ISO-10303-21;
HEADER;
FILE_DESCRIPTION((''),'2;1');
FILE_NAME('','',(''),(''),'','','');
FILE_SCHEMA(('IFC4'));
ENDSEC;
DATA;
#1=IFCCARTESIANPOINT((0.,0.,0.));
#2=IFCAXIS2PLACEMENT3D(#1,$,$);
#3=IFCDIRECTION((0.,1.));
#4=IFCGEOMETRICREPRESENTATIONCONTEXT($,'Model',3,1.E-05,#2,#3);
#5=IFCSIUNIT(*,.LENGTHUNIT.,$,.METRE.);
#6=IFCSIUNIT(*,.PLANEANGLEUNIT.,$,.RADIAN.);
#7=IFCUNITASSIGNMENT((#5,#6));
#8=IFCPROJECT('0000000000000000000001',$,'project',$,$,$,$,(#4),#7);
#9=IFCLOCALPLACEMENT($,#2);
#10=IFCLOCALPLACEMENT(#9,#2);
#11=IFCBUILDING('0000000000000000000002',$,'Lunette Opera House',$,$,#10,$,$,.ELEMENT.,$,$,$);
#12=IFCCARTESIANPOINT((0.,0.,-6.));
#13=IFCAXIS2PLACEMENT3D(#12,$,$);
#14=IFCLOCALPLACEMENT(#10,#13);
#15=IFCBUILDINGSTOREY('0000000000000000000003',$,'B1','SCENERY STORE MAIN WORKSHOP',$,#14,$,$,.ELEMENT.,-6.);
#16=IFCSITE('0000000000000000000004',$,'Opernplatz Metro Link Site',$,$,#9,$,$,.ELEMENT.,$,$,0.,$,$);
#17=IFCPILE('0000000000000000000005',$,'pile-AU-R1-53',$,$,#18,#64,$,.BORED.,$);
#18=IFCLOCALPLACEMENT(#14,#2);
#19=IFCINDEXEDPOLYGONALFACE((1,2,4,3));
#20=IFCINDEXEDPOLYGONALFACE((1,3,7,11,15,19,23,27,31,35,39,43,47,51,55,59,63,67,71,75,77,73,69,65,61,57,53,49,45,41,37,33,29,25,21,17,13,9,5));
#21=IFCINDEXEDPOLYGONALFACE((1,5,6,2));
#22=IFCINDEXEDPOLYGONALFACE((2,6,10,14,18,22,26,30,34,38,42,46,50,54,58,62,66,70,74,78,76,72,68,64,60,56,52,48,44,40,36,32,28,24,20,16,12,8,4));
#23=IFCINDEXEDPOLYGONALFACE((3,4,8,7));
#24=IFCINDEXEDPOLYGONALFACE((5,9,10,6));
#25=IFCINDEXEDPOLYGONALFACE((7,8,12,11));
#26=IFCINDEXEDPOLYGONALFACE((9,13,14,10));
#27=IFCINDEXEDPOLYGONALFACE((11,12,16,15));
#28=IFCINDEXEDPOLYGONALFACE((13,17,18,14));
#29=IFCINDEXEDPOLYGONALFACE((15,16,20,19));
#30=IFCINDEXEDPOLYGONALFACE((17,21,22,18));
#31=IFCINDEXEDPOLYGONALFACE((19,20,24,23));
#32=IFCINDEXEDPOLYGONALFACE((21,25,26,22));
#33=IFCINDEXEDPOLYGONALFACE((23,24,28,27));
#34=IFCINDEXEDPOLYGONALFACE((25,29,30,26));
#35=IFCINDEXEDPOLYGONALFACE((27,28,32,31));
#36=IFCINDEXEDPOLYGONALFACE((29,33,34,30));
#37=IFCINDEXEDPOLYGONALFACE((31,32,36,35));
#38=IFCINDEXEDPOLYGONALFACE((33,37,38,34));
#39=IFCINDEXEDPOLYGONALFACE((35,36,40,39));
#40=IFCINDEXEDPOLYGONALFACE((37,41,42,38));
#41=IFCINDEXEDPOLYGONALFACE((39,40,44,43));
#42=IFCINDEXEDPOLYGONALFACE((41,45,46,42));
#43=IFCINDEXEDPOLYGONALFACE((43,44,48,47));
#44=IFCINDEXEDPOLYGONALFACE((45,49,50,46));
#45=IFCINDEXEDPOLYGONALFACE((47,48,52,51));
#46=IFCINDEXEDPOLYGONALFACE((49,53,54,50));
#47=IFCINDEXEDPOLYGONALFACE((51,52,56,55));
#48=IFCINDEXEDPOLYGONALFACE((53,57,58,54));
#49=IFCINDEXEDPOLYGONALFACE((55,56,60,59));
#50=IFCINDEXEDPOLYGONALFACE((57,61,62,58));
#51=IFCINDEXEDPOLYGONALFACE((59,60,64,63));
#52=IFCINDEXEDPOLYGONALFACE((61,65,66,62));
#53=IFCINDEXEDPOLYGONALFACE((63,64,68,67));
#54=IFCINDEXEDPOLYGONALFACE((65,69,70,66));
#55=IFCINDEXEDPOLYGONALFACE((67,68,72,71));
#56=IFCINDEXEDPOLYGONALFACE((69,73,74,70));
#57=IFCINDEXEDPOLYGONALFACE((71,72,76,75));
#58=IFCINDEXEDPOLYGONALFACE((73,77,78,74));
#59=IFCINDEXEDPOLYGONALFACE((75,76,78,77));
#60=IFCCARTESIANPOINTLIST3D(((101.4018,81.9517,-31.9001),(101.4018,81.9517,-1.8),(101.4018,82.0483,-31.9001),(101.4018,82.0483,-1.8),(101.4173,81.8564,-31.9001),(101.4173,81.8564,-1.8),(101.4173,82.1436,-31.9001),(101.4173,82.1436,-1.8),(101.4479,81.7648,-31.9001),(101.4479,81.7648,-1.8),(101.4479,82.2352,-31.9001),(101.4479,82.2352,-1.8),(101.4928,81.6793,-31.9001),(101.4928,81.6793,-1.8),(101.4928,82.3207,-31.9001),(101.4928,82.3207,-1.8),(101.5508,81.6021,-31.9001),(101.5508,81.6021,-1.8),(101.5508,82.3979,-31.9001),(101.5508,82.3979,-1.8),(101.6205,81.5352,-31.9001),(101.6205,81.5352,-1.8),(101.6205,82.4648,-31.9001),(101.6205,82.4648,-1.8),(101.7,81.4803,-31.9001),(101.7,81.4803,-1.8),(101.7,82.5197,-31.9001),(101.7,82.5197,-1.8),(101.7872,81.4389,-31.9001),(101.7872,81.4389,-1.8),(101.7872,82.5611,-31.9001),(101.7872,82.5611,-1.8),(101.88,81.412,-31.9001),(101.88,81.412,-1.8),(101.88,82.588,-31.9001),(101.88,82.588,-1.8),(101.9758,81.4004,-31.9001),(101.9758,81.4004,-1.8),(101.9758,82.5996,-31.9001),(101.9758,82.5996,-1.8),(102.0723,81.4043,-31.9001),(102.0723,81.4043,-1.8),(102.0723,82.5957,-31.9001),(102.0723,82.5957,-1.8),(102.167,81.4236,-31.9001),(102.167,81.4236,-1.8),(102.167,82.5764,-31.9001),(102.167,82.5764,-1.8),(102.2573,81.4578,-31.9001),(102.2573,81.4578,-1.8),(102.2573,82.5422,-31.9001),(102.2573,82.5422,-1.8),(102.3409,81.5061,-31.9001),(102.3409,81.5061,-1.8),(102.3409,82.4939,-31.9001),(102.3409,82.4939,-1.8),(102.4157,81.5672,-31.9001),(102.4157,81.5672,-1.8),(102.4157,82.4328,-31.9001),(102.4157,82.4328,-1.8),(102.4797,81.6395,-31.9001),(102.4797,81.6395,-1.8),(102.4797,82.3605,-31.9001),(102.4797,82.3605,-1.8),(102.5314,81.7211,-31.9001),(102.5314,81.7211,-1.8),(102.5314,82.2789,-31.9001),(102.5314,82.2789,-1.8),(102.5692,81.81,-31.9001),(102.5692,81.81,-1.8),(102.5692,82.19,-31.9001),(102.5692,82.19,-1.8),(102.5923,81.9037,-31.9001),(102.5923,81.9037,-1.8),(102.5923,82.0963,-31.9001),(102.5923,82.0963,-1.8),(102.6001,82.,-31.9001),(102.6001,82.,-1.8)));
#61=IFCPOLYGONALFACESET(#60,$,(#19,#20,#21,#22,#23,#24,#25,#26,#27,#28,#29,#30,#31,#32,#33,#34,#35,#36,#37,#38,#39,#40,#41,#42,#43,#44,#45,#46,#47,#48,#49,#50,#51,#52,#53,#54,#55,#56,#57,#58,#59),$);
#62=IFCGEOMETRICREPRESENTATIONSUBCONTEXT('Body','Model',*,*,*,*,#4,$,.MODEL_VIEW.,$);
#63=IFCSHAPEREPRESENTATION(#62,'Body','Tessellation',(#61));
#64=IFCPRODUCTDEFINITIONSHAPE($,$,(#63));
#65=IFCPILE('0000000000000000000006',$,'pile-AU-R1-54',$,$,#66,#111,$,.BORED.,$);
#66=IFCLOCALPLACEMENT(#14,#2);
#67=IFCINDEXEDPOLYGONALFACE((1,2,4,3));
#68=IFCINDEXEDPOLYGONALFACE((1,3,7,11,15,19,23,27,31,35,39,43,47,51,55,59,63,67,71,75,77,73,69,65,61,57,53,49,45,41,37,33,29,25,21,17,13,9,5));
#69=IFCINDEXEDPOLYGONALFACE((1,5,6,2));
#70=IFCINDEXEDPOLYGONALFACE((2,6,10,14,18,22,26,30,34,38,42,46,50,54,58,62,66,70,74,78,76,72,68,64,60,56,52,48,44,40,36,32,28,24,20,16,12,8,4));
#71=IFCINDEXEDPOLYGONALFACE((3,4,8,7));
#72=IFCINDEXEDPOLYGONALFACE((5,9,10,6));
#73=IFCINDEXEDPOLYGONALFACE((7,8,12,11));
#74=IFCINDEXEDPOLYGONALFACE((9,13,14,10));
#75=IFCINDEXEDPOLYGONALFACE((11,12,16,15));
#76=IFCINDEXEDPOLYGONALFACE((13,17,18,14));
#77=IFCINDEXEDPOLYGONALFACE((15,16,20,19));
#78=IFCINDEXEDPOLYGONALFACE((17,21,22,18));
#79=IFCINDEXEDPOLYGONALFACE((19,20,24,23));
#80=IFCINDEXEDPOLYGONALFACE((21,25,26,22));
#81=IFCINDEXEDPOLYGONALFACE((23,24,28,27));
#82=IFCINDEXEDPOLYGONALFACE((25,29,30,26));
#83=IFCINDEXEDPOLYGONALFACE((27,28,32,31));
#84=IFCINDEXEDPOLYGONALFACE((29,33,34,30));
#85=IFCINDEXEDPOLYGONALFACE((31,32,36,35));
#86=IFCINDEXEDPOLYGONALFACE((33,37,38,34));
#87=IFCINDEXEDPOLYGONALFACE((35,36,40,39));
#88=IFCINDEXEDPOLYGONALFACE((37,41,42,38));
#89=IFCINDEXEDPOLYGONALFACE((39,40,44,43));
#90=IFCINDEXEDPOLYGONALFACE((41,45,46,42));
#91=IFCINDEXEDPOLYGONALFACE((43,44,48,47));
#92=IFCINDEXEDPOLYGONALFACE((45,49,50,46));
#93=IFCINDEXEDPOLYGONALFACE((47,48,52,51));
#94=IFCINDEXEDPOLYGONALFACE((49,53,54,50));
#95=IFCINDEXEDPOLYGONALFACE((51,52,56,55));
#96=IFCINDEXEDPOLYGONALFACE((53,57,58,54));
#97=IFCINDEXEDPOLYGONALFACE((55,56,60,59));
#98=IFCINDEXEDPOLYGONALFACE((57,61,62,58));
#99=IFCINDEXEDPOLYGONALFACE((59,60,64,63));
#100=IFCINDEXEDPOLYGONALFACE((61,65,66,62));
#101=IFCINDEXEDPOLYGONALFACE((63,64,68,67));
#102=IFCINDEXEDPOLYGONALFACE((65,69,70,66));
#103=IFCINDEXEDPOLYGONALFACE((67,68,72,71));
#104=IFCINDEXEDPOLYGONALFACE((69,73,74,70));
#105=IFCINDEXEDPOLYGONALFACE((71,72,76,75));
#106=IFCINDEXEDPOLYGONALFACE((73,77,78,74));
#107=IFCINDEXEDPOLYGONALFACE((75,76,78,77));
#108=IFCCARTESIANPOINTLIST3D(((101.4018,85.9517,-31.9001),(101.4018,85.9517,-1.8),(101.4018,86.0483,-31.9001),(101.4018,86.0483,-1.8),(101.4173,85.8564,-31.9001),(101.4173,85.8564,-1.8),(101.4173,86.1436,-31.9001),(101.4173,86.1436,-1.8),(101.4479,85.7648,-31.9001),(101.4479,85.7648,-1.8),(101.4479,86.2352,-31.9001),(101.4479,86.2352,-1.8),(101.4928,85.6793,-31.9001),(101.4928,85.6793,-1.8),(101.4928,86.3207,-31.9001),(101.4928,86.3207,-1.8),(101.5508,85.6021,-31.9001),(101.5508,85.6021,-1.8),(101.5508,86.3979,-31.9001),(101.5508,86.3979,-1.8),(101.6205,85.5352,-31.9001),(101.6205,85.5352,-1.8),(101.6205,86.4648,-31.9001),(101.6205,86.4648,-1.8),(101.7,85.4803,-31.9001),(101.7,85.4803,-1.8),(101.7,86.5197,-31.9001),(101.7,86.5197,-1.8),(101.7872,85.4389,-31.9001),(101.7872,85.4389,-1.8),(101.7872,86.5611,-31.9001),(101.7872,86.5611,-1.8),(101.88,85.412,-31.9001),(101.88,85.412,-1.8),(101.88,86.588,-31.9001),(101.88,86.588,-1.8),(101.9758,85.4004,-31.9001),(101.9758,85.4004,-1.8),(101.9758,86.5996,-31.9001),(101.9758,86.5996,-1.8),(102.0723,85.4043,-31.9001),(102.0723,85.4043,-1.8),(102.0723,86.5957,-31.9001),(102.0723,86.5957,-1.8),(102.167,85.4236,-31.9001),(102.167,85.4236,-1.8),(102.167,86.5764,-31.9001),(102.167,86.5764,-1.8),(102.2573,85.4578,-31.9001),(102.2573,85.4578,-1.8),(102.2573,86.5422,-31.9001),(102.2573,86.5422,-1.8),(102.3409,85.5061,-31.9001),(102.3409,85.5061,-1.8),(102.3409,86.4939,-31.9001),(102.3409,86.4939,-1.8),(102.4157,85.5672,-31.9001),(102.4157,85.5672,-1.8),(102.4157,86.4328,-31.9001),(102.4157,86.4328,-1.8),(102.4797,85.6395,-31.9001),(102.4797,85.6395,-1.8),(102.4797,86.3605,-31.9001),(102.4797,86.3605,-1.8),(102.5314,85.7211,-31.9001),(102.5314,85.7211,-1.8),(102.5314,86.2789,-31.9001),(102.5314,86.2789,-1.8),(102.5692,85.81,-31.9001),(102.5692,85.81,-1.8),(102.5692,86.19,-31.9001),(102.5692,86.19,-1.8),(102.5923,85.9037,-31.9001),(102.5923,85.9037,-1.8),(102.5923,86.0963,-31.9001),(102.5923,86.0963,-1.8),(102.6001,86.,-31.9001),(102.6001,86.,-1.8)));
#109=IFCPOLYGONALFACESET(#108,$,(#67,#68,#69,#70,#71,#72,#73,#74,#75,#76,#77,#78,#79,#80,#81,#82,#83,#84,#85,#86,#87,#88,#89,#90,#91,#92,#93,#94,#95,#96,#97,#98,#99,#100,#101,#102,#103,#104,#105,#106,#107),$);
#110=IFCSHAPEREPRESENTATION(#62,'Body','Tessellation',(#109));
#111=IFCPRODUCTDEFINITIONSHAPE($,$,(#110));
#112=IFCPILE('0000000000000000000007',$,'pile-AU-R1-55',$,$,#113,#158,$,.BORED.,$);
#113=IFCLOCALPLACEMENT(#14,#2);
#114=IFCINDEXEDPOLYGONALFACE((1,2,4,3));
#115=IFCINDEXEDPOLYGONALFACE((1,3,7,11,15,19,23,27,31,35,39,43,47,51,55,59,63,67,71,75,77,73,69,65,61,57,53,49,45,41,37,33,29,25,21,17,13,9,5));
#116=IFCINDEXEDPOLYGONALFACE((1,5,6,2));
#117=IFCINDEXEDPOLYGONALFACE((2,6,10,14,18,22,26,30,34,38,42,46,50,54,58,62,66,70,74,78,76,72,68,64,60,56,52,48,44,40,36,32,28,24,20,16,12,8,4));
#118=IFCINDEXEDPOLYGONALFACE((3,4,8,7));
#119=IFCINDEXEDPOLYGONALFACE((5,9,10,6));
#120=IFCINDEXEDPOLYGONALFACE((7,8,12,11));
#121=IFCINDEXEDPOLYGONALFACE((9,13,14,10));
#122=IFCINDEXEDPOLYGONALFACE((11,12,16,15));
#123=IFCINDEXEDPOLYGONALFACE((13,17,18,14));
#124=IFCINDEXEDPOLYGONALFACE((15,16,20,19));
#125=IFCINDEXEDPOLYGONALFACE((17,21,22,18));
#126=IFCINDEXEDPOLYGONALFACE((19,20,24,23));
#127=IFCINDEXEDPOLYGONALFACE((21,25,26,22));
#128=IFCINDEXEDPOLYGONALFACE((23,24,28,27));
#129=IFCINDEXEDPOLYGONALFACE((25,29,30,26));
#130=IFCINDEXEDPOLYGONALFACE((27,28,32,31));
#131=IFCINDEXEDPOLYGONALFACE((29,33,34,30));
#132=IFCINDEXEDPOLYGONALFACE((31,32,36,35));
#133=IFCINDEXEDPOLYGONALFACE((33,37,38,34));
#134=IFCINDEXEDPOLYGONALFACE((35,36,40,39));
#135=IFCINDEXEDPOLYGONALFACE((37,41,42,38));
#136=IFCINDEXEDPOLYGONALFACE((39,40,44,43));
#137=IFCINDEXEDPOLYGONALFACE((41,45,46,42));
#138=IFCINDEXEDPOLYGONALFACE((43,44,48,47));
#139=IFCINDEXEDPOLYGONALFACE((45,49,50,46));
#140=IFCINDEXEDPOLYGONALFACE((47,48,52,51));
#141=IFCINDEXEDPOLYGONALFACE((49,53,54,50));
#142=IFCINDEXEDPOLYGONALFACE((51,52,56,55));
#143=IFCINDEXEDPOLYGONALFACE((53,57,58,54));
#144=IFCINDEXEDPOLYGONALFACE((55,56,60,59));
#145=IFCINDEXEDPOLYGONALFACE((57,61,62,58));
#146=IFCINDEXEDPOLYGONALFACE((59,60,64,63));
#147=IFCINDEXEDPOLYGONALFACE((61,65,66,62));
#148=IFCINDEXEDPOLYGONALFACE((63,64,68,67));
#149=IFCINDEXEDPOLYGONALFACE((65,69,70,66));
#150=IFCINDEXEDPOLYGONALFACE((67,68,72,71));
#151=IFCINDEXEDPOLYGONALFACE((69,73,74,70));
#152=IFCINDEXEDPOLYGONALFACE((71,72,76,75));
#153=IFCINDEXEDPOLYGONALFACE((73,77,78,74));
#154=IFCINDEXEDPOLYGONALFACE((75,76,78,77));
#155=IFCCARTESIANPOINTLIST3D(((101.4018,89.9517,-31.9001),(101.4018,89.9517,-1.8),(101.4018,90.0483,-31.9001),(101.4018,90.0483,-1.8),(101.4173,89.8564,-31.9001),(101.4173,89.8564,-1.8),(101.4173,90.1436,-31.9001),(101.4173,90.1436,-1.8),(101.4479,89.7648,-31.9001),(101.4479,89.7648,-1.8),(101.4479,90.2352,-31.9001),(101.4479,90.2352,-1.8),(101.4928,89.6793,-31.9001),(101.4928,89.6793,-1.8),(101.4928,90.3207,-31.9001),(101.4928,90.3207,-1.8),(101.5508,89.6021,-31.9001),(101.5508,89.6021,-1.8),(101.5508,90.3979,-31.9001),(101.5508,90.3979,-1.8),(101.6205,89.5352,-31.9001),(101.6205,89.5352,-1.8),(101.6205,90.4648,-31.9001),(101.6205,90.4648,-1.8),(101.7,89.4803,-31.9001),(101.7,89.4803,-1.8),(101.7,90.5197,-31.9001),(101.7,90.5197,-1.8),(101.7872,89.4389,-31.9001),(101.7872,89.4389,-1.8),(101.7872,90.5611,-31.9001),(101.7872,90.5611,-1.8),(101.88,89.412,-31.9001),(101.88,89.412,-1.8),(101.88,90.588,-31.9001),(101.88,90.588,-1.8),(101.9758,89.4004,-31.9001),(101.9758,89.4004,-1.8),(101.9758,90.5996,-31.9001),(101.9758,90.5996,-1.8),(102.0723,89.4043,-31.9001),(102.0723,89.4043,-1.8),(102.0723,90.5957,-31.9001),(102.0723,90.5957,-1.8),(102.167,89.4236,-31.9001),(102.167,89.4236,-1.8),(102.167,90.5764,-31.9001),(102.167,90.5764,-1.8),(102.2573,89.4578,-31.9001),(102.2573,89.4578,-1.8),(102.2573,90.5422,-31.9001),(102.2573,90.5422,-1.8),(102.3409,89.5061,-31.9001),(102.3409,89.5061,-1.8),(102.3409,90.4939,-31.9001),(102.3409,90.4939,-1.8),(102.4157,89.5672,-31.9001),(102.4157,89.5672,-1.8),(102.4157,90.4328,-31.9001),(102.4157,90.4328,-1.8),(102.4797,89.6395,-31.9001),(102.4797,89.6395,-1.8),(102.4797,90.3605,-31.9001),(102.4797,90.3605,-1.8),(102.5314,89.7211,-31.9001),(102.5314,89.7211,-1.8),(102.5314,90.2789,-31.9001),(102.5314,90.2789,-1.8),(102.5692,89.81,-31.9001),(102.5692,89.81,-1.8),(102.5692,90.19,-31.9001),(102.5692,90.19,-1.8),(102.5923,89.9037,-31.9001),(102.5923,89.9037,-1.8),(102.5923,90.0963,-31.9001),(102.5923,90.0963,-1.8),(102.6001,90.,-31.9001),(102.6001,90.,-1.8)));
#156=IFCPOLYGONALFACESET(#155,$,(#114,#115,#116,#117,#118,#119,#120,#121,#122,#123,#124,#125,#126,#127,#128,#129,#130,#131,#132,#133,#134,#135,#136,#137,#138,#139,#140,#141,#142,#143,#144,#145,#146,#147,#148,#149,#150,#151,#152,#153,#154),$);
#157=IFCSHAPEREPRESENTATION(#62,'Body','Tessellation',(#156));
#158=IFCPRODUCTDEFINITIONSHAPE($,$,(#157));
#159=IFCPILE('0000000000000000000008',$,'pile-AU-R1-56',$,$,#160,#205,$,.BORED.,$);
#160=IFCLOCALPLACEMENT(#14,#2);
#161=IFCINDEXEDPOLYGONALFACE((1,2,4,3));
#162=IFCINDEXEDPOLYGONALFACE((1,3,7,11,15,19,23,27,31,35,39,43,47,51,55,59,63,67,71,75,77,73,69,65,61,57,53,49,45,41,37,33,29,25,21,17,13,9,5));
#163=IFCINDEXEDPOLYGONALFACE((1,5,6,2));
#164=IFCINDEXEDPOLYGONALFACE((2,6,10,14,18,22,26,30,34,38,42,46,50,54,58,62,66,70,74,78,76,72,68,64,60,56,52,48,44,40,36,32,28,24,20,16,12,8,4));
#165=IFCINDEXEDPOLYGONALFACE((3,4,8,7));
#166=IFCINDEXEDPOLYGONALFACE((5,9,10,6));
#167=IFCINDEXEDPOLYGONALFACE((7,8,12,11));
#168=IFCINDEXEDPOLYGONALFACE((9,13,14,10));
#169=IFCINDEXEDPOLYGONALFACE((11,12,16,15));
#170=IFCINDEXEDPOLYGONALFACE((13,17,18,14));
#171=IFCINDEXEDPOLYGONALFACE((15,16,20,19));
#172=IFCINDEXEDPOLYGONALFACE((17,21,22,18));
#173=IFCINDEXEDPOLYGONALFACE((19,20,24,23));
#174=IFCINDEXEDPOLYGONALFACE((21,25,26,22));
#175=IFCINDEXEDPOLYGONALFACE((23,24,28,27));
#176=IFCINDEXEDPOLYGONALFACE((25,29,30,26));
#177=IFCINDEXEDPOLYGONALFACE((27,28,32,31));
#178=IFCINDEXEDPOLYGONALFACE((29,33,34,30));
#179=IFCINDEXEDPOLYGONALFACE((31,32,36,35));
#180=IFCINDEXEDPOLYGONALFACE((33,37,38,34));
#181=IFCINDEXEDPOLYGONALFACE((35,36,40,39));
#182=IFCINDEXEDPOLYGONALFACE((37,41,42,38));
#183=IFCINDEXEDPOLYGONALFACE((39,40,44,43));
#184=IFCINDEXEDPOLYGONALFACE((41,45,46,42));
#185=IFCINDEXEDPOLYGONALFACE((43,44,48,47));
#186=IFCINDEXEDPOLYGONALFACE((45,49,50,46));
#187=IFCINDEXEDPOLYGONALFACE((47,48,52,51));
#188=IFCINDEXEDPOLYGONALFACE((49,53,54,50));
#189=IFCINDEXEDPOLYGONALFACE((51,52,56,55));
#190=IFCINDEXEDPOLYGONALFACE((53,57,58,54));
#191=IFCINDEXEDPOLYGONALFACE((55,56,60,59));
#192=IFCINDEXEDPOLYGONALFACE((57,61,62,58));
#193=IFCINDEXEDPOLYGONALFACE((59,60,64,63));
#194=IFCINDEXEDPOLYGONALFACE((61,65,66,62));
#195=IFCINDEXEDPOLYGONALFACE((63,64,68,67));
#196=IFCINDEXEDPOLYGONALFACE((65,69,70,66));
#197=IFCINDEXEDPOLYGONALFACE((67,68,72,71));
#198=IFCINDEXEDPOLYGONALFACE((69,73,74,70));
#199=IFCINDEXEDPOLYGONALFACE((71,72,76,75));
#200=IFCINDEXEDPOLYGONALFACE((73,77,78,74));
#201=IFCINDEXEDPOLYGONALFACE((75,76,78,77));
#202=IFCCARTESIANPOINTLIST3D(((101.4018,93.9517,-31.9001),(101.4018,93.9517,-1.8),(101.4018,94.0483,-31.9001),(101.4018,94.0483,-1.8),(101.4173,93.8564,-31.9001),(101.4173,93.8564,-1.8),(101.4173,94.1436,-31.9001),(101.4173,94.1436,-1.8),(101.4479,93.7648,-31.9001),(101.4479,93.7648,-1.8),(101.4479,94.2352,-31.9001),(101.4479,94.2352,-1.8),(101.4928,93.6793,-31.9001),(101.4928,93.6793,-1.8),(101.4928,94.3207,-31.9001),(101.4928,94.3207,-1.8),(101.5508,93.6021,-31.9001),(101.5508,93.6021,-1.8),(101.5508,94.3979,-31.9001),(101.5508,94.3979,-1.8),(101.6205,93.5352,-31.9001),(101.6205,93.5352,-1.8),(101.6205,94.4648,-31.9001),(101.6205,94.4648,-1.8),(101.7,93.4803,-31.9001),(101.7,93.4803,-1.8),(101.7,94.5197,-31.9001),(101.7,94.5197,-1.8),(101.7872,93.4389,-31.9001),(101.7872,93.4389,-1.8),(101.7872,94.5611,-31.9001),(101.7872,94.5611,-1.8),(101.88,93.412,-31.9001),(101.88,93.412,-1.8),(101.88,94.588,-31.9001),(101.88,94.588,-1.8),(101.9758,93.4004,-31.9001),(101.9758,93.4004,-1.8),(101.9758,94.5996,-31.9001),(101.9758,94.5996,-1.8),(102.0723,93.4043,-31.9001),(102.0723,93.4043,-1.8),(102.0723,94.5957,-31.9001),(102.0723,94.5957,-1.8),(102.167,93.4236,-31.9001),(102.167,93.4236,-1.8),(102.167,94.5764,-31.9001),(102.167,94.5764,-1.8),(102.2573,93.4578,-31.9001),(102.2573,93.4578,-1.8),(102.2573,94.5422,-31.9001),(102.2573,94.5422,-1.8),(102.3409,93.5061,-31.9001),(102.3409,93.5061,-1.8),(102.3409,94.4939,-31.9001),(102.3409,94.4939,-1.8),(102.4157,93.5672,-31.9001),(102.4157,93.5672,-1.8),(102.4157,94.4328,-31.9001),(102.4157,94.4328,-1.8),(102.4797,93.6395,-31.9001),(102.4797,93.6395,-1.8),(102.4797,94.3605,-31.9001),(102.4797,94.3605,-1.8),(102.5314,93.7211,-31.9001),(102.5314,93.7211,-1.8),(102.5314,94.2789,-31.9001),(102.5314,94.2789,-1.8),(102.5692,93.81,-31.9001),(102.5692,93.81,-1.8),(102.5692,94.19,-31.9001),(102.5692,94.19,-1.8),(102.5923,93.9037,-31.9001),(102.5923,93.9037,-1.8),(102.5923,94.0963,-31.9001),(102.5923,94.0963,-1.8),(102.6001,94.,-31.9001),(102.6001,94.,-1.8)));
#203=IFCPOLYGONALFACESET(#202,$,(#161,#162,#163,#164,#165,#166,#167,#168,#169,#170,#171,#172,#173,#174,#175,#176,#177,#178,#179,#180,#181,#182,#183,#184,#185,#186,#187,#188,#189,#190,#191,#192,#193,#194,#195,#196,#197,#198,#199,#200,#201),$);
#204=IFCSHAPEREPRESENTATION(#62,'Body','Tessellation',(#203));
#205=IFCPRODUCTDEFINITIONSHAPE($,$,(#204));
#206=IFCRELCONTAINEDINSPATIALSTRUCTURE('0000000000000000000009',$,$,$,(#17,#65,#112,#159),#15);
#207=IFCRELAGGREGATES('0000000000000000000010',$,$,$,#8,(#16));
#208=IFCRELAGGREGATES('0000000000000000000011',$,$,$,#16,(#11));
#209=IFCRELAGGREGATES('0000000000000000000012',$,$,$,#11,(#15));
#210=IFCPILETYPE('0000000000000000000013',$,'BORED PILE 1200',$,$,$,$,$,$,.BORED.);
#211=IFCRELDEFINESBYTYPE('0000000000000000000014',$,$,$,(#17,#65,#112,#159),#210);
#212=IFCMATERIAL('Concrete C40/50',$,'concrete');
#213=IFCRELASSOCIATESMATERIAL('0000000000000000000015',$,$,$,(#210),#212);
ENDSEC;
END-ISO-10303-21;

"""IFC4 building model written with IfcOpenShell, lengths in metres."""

from ifc_helpers import new_model, si_unit, direction, frame, origin, origin_2d, place, context, subcontext, project, spatial, circle, extrude, material, material_profile, profile_set, type_object, element, save


model = new_model("IFC4")

# Units and contexts
model_context = context("Model", 3, precision=1e-05, world=origin(), true_north=direction((0.0, 1.0)))
body_context = subcontext(model_context, "Body", "Model", "MODEL_VIEW")
ifc_project = project(units=[si_unit("LENGTHUNIT", "METRE"), si_unit("PLANEANGLEUNIT", "RADIAN")], contexts=[model_context])

# Site, building, storey
site_placement = place(None, origin())
site = spatial("IfcSite", under=ifc_project, at=site_placement, Name="Opernplatz Metro Link Site", CompositionType="ELEMENT", RefElevation=0.0)
building_placement = place(site_placement, origin())
building = spatial("IfcBuilding", under=site, at=building_placement, Name="Lunette Opera House", CompositionType="ELEMENT")
storey_placement = place(building_placement, frame((0.0, 0.0, -6.0)))
storey = spatial("IfcBuildingStorey", under=building, at=storey_placement, Name="B1", Description="SCENERY STORE MAIN WORKSHOP", CompositionType="ELEMENT", Elevation=-6.0)

# Piles
ifc_material_1 = material(Name="Concrete C40/50", Category="concrete")
ifc_material_profile_1 = material_profile(ifc_material_1, circle(Radius=0.6001, at=origin_2d()), Name="BORED PILE 1200")
ifc_profile_set_1 = profile_set([ifc_material_profile_1], Name="Concrete C40/50")
pile_type = type_object("IfcPileType", Name="BORED PILE 1200", PredefinedType="BORED", material=ifc_profile_set_1)
for number, where, z_axis, x_axis, name in (
    (1, (102.0, 82.0, -1.8), (0.0, 0.0, -1.0), (1.0, 0.0, 0.0), "pile-AU-R1-53"),
    (2, (102.0, 86.0, -1.8), (0.0, 0.0, -1.0), (1.0, 0.0, 0.0), "pile-AU-R1-54"),
    (3, (102.0, 90.0, -1.8), (0.0, 0.0, -1.0), (1.0, 0.0, 0.0), "pile-AU-R1-55"),
    (4, (102.0, 94.0, -1.8), (0.0, 0.0, -1.0), (1.0, 0.0, 0.0), "pile-AU-R1-56"),
):
    element("IfcPile", number, at=place(storey_placement, frame(where, z_axis=z_axis, x_axis=x_axis)), inside=storey, type_object=pile_type, Name=name, PredefinedType="BORED", context=body_context, shape_type="SweptSolid", body=[
        extrude(circle(Radius=0.6001, at=origin_2d()), origin(), (0.0, 0.0, 1.0), 30.1001),
    ])

save(model, "model.ifc")
